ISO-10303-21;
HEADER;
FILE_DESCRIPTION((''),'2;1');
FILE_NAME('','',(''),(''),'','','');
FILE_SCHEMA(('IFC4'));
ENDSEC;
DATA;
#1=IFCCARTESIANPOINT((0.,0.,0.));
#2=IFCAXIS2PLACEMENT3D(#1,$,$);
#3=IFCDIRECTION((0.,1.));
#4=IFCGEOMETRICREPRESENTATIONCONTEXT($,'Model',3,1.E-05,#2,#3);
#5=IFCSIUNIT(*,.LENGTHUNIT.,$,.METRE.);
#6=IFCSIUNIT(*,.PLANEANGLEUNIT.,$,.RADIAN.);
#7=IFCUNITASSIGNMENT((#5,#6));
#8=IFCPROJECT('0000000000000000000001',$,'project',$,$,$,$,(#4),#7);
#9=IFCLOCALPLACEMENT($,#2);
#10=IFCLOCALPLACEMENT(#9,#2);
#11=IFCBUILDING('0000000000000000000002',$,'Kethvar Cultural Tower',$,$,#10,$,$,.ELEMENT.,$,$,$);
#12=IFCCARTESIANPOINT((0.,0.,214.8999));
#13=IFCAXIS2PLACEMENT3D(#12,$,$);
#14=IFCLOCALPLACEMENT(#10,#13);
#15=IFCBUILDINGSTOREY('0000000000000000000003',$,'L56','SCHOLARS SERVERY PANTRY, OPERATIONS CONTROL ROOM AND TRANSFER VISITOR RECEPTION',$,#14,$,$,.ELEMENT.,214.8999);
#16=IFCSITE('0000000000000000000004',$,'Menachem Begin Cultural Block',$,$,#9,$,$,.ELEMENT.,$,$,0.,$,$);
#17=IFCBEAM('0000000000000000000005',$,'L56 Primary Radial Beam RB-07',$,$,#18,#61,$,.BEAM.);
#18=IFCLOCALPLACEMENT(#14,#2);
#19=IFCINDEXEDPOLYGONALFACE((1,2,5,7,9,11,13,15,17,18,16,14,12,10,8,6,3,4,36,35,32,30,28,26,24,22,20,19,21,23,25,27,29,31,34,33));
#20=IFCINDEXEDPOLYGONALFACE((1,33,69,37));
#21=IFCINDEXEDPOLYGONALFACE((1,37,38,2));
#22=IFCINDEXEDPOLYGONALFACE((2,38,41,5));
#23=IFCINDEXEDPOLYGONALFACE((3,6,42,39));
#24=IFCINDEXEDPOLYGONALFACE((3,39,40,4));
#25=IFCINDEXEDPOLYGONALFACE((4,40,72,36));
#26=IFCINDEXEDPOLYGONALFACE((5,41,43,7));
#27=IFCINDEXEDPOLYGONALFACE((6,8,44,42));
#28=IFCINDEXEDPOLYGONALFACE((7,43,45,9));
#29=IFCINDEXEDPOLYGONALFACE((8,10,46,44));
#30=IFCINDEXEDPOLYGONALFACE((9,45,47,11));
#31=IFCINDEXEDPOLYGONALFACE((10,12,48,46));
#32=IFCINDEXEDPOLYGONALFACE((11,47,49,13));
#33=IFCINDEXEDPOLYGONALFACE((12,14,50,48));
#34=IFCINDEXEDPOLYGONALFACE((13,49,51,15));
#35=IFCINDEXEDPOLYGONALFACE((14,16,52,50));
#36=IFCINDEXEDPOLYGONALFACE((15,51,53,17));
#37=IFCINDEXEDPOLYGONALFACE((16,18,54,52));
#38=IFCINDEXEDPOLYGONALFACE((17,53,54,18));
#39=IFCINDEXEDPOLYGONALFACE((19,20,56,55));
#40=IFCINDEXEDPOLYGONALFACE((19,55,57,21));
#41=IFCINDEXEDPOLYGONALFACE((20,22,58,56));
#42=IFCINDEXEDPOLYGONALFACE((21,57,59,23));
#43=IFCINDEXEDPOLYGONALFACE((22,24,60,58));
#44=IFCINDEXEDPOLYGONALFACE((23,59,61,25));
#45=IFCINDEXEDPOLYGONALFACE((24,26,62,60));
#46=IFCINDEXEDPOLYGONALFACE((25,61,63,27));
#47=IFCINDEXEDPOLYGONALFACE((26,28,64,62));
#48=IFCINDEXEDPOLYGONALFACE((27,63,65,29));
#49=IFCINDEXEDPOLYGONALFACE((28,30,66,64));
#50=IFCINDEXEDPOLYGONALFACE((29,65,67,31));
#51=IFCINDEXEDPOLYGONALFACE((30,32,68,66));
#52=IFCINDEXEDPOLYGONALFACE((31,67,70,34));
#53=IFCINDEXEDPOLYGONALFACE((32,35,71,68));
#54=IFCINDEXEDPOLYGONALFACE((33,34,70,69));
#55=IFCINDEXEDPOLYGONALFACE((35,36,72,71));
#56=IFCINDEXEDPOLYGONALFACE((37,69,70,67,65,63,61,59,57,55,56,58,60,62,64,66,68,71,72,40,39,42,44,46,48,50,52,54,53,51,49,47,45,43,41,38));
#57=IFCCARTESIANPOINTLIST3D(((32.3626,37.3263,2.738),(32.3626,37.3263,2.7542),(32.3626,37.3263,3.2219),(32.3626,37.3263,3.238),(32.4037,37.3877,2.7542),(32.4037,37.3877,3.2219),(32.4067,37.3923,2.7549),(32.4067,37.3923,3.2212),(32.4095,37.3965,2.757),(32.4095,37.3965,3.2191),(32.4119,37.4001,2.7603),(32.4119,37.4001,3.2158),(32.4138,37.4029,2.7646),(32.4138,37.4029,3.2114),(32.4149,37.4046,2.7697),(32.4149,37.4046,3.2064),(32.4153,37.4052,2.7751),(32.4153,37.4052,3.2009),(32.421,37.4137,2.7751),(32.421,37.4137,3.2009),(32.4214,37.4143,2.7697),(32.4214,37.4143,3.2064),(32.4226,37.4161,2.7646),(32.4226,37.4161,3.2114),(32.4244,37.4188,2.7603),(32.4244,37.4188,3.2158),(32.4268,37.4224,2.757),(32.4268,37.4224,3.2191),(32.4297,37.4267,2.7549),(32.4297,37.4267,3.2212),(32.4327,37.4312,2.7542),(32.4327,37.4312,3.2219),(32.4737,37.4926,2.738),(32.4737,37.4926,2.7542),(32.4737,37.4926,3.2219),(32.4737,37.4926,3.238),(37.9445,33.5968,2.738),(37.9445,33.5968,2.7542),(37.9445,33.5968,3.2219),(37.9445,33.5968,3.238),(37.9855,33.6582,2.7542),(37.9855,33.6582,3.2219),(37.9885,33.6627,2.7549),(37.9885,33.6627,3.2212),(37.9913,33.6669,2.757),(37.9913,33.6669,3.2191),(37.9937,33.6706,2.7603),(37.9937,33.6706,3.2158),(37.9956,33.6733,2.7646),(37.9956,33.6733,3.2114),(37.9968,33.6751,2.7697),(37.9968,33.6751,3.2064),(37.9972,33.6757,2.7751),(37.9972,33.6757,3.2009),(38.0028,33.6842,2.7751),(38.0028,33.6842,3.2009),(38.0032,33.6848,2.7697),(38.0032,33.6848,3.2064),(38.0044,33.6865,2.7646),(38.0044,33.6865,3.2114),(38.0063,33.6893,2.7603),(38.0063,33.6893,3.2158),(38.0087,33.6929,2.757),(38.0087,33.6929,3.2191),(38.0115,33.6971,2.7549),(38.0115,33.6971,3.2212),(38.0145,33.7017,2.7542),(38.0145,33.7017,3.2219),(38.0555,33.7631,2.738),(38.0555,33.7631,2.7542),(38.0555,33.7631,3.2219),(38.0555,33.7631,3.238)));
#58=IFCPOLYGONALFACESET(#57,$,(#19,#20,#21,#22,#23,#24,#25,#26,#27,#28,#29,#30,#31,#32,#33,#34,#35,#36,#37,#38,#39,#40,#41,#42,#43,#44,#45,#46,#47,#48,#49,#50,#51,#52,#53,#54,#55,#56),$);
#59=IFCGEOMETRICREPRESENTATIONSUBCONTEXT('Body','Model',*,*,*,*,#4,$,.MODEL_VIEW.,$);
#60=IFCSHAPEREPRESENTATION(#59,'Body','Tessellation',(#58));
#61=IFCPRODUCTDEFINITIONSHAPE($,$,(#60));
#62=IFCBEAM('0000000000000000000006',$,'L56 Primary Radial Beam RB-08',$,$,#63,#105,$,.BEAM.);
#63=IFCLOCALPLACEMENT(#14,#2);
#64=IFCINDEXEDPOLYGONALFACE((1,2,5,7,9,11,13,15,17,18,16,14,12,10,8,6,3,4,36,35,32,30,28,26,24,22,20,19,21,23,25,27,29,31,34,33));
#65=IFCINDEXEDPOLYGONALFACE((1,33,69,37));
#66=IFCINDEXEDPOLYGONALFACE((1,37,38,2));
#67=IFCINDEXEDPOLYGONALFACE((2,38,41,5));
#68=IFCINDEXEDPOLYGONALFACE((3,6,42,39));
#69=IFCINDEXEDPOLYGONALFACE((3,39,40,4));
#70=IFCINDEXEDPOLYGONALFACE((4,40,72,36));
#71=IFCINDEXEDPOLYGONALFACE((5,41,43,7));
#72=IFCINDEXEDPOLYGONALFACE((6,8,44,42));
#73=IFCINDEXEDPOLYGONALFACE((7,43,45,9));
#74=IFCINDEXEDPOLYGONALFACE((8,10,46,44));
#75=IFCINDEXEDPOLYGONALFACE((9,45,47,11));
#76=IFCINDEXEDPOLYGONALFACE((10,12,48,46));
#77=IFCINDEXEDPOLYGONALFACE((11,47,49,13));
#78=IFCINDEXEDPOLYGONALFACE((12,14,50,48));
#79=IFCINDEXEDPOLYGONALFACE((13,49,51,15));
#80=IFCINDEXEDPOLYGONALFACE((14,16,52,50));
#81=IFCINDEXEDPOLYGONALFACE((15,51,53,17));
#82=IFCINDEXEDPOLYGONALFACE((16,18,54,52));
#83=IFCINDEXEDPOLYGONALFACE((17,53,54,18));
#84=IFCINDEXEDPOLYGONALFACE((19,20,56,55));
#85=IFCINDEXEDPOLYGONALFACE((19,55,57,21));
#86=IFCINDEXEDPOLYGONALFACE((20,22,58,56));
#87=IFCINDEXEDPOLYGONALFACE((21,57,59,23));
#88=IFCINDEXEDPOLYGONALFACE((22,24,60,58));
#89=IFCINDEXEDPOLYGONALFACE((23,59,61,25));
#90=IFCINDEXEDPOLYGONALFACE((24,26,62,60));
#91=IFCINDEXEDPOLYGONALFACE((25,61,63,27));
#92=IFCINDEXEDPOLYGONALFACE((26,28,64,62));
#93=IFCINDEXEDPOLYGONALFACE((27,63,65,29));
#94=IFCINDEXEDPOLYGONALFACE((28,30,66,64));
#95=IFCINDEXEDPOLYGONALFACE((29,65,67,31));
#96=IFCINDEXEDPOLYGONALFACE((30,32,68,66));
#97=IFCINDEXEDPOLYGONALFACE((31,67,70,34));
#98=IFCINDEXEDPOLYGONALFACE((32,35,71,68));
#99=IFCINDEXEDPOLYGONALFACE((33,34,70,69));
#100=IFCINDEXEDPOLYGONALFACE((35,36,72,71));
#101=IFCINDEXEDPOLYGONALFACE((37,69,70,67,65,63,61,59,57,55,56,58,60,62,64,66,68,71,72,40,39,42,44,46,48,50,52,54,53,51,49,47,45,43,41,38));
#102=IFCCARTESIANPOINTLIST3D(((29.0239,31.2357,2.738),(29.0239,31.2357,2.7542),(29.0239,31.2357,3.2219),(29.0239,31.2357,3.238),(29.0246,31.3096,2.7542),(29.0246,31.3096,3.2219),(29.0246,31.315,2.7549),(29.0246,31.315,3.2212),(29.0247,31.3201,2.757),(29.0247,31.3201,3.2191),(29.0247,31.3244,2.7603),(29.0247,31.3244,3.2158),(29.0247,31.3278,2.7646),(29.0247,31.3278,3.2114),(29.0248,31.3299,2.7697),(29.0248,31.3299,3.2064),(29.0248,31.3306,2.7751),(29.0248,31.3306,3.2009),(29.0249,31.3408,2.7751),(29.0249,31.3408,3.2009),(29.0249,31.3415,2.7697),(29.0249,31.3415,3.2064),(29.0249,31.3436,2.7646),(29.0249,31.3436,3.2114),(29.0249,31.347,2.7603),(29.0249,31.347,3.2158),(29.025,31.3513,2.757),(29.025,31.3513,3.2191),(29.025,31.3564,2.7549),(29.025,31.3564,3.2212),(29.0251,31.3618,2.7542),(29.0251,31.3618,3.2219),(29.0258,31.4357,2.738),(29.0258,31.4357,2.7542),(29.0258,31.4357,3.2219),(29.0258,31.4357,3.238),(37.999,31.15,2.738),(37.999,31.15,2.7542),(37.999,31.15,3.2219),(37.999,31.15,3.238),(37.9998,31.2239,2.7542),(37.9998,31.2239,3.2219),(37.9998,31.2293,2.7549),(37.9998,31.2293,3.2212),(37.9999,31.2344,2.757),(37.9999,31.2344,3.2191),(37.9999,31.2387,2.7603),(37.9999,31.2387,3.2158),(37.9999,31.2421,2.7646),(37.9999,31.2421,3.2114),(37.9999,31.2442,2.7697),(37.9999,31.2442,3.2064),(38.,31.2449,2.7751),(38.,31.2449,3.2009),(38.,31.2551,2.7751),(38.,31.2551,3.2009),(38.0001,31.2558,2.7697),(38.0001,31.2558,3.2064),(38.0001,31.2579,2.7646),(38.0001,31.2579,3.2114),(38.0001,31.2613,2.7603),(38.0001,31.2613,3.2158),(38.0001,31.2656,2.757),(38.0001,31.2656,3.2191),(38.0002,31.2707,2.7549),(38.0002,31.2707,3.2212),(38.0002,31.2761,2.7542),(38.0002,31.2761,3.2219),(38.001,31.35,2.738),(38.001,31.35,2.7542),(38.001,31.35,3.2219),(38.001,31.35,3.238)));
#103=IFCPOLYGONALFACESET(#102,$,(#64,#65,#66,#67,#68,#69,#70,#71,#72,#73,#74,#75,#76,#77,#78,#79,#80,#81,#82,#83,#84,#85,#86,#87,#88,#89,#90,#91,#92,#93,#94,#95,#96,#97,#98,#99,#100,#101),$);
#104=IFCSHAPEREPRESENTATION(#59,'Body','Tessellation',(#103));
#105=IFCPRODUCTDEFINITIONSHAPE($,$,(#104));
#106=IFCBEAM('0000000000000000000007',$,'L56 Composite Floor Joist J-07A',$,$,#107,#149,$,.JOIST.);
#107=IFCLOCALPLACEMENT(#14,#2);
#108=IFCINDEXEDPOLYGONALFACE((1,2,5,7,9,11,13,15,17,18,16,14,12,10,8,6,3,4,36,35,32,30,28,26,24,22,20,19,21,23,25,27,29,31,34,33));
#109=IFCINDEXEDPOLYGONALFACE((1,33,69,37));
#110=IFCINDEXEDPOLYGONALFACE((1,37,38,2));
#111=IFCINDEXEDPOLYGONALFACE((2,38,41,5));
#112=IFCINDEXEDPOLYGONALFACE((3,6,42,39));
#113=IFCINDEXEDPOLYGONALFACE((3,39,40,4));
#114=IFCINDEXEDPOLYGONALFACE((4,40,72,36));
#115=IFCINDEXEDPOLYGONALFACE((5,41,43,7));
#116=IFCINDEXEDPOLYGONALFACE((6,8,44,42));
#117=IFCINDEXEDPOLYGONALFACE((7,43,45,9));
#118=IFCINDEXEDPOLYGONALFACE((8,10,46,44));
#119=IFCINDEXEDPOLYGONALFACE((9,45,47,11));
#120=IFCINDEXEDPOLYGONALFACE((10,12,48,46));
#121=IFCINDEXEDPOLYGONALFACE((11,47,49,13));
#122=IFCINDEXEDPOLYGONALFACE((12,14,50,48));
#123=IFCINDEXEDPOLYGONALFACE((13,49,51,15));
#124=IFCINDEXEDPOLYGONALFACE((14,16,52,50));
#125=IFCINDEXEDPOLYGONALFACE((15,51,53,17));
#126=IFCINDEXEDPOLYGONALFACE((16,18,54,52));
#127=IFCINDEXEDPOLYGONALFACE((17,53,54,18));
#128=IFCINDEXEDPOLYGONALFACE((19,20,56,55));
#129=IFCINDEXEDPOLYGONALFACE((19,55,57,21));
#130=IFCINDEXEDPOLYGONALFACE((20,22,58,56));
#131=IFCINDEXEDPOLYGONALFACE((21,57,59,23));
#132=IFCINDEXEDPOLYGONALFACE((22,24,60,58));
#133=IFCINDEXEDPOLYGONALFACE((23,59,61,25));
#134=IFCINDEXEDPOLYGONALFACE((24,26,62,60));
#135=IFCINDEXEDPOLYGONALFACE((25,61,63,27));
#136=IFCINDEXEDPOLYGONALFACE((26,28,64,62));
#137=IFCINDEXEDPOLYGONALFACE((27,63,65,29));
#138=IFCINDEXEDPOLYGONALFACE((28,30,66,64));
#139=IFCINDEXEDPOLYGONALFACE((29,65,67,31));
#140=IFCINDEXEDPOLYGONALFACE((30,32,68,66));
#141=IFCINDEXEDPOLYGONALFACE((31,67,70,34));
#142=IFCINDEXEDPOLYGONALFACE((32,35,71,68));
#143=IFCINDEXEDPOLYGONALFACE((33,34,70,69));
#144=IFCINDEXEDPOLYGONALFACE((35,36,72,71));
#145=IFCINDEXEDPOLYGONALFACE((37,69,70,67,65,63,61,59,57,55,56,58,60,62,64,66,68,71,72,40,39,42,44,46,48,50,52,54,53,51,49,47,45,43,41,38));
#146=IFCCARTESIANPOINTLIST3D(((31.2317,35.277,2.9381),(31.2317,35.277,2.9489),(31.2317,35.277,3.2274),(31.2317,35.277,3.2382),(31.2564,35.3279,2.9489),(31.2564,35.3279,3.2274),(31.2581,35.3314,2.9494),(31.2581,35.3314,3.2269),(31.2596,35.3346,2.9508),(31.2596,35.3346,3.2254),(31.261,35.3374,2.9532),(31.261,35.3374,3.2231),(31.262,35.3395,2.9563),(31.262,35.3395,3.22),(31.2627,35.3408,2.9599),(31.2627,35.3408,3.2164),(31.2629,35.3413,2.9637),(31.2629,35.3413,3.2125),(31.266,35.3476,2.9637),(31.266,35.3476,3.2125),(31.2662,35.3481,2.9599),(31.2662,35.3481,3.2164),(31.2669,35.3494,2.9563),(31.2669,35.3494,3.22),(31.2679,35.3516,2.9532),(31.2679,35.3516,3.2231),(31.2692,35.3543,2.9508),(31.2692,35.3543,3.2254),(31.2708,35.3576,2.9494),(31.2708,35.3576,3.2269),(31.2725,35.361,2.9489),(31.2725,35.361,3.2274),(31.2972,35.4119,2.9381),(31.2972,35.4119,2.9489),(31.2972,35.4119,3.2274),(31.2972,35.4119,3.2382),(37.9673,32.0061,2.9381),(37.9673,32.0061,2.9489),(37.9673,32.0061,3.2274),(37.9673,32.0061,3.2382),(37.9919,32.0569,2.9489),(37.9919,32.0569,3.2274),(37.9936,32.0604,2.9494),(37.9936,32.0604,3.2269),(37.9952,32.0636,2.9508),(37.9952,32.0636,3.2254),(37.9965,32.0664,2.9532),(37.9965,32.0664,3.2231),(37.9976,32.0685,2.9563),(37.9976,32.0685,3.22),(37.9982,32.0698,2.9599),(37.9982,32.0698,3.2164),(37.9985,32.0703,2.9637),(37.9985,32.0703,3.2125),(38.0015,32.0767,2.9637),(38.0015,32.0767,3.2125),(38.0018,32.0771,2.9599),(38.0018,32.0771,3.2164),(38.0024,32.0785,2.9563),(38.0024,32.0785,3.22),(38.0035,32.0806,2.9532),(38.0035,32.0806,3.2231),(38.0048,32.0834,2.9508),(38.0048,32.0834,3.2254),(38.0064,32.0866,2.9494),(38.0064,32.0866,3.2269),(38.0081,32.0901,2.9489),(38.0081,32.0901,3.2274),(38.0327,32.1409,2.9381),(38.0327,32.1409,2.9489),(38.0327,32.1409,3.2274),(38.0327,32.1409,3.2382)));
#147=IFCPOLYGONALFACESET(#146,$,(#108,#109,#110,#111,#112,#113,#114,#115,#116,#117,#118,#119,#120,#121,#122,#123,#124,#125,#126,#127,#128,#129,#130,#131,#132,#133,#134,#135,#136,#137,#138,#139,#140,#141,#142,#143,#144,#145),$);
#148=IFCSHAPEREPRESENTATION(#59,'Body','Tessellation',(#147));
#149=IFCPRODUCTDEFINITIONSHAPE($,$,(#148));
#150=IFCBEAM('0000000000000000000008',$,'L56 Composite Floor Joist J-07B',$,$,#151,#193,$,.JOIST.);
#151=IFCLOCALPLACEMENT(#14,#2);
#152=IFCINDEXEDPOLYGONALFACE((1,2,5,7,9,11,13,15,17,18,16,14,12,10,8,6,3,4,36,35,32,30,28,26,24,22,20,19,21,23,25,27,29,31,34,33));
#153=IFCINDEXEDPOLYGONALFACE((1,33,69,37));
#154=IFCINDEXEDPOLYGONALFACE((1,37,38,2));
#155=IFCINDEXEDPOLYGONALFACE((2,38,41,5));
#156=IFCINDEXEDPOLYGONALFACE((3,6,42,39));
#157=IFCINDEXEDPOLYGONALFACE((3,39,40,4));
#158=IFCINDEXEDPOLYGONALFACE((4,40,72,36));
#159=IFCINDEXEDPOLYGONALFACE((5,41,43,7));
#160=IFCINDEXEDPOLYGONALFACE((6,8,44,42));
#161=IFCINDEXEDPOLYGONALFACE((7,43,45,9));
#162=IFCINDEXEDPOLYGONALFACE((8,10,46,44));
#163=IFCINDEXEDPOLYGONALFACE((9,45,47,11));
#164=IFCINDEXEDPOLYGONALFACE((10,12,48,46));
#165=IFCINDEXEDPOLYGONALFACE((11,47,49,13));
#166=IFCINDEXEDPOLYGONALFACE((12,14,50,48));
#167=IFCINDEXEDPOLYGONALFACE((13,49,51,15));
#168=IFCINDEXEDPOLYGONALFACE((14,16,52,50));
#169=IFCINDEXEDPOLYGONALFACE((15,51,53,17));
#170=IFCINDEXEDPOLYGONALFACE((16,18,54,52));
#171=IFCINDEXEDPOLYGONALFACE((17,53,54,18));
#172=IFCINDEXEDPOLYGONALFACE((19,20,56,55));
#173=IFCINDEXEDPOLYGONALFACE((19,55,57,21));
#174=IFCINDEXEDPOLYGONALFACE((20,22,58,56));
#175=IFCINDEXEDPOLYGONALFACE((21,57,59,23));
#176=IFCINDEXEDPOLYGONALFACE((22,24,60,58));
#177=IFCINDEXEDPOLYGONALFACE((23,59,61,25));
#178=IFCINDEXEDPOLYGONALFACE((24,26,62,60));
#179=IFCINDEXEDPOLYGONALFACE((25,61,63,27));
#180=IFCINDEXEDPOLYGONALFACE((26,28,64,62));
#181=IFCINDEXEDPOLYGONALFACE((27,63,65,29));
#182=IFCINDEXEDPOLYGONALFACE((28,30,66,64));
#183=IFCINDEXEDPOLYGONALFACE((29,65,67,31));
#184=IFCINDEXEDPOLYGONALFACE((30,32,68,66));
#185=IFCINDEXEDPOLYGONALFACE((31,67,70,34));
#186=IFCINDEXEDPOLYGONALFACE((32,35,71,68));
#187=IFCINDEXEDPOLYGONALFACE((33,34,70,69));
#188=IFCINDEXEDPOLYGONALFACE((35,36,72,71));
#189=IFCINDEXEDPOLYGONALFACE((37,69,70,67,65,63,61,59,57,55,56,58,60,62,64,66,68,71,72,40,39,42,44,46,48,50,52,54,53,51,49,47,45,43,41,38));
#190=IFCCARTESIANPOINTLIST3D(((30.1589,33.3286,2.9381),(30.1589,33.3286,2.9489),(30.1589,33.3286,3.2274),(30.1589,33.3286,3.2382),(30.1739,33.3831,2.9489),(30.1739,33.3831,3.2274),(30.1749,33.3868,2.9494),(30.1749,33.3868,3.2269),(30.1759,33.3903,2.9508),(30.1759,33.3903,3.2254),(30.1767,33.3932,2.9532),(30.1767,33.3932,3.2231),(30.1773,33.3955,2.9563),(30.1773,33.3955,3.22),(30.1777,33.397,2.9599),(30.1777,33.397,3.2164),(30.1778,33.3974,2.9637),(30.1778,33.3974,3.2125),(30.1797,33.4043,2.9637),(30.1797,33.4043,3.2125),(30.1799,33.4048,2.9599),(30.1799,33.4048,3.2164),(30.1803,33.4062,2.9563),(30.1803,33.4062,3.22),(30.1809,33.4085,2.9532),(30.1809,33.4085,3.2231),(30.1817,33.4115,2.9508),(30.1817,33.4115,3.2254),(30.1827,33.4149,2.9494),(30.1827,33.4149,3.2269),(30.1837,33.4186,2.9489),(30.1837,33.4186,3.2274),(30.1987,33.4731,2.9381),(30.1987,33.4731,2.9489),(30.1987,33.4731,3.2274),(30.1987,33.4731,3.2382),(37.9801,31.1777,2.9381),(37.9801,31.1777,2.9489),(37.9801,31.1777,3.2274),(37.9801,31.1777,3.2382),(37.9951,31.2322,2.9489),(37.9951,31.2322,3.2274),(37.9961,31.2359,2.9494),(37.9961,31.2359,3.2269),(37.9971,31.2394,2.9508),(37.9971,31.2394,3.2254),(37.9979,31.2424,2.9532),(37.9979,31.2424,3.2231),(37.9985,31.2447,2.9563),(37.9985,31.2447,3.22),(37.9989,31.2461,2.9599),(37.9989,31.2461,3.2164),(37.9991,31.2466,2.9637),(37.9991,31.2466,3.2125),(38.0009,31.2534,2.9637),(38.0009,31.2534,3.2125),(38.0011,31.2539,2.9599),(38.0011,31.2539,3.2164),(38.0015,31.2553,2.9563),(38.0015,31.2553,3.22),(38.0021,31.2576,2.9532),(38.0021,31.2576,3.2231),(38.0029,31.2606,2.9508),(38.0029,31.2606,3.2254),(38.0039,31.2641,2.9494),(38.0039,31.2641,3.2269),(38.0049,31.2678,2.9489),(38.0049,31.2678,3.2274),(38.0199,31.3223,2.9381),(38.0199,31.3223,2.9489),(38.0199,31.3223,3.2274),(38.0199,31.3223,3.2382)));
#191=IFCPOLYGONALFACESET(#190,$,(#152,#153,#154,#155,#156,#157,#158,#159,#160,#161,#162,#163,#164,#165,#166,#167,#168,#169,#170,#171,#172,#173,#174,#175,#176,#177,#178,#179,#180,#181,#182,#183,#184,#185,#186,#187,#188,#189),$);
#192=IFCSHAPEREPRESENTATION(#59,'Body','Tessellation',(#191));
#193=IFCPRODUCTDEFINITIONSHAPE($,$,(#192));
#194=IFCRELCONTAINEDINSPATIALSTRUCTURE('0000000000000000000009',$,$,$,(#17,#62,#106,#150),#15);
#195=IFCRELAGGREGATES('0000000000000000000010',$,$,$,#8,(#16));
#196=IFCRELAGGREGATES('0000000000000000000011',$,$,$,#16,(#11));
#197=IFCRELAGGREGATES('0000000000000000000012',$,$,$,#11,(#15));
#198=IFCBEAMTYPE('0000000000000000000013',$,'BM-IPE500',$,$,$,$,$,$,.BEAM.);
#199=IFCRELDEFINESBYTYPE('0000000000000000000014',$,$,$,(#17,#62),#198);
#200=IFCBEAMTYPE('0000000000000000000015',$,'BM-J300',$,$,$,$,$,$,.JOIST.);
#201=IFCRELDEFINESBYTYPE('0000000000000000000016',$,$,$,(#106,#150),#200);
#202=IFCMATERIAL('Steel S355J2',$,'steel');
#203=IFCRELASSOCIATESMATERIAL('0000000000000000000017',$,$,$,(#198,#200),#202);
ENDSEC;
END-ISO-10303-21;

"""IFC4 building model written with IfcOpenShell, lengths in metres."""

from ifc_helpers import new_model, si_unit, direction, frame, origin, origin_2d, place, context, subcontext, project, spatial, i_section, extrude, source, transform, mapped, material, material_profile, profile_set, type_object, element, save


model = new_model("IFC4")

# Units and contexts
model_context = context("Model", 3, precision=1e-05, world=origin(), true_north=direction((0.0, 1.0)))
body_context = subcontext(model_context, "Body", "Model", "MODEL_VIEW")
ifc_project = project(units=[si_unit("LENGTHUNIT", "METRE"), si_unit("PLANEANGLEUNIT", "RADIAN")], contexts=[model_context])

# Site, building, storey
site_placement = place(None, origin())
site = spatial("IfcSite", under=ifc_project, at=site_placement, Name="Menachem Begin Cultural Block", CompositionType="ELEMENT", RefElevation=0.0)
building_placement = place(site_placement, origin())
building = spatial("IfcBuilding", under=site, at=building_placement, Name="Kethvar Cultural Tower", CompositionType="ELEMENT")
storey_placement = place(building_placement, frame((0.0, 0.0, 214.8999)))
storey = spatial("IfcBuildingStorey", under=building, at=storey_placement, Name="L56", Description="SCHOLARS SERVERY PANTRY, OPERATIONS CONTROL ROOM AND TRANSFER VISITOR RECEPTION", CompositionType="ELEMENT", Elevation=214.8999)

# Beams
ifc_material_1 = material(Name="Steel S355J2", Category="steel")
ifc_material_profile_1 = material_profile(ifc_material_1, i_section(OverallWidth=0.2, OverallDepth=0.5, WebThickness=0.0103, FlangeThickness=0.0161, FilletRadius=0.021, at=origin_2d()), Name="Steel S355J2 — IPE500")
ifc_profile_set_1 = profile_set([ifc_material_profile_1], Name="Steel S355J2 — IPE500")
beam_type_1 = type_object("IfcBeamType", Name="BM-IPE500", PredefinedType="BEAM", material=ifc_profile_set_1)
shared_shape_1 = source(origin(), body_context, "Body", "SweptSolid", [
    extrude(i_section(OverallWidth=0.2, OverallDepth=0.5, WebThickness=0.0103, FlangeThickness=0.0161, FilletRadius=0.021, at=origin_2d()), origin(), (0.0, 0.0, 1.0), 6.7131),
])
beam_1_placement = place(storey_placement, frame((38.0, 33.6799, 2.988), z_axis=(-0.831479, 0.555556, 0.0), x_axis=(-0.555556, -0.831479, 0.0)))
element("IfcBeam", 1, at=beam_1_placement, inside=storey, type_object=beam_type_1, Name="L56 Primary Radial Beam RB-07", PredefinedType="BEAM", context=body_context, shape_type="MappedRepresentation", body=[
    mapped(shared_shape_1, transform((0.0, 0.0, 0.0), scale=1.0)),
])
shared_shape_2 = source(origin(), body_context, "Body", "SweptSolid", [
    extrude(i_section(OverallWidth=0.2, OverallDepth=0.5, WebThickness=0.0103, FlangeThickness=0.0161, FilletRadius=0.021, at=origin_2d()), origin(), (0.0, 0.0, 1.0), 8.9756),
])
beam_2_placement = place(storey_placement, frame((38.0, 31.25, 2.988), z_axis=(-0.999954, 0.009547, 0.0), x_axis=(-0.009547, -0.999954, 0.0)))
element("IfcBeam", 2, at=beam_2_placement, inside=storey, type_object=beam_type_1, Name="L56 Primary Radial Beam RB-08", PredefinedType="BEAM", context=body_context, shape_type="MappedRepresentation", body=[
    mapped(shared_shape_2, transform((0.0, 0.0, 0.0), scale=1.0)),
])
ifc_material_profile_2 = material_profile(ifc_material_1, i_section(OverallWidth=0.1499, OverallDepth=0.3, WebThickness=0.0071, FlangeThickness=0.0107, FilletRadius=0.0149, at=origin_2d()), Name="Steel S355J2 — IPE300")
ifc_profile_set_2 = profile_set([ifc_material_profile_2], Name="Steel S355J2 — IPE300")
beam_type_2 = type_object("IfcBeamType", Name="BM-J300", PredefinedType="JOIST", material=ifc_profile_set_2)
shared_shape_3 = source(origin(), body_context, "Body", "SweptSolid", [
    extrude(i_section(OverallWidth=0.1499, OverallDepth=0.3, WebThickness=0.0071, FlangeThickness=0.0107, FilletRadius=0.0149, at=origin_2d()), origin(), (0.0, 0.0, 1.0), 7.4878),
])
beam_3_placement = place(storey_placement, frame((38.0, 32.0735, 3.0881), z_axis=(-0.899539, 0.436841, 0.0), x_axis=(-0.436841, -0.899539, 0.0)))
element("IfcBeam", 3, at=beam_3_placement, inside=storey, type_object=beam_type_2, Name="L56 Composite Floor Joist J-07A", PredefinedType="JOIST", context=body_context, shape_type="MappedRepresentation", body=[
    mapped(shared_shape_3, transform((0.0, 0.0, 0.0), scale=1.0)),
])
shared_shape_4 = source(origin(), body_context, "Body", "SweptSolid", [
    extrude(i_section(OverallWidth=0.1499, OverallDepth=0.3, WebThickness=0.0071, FlangeThickness=0.0107, FilletRadius=0.0149, at=origin_2d()), origin(), (0.0, 0.0, 1.0), 8.1116),
])
beam_4_placement = place(storey_placement, frame((38.0, 31.25, 3.0881), z_axis=(-0.964205, 0.265159, 0.0), x_axis=(-0.265159, -0.964205, 0.0)))
element("IfcBeam", 4, at=beam_4_placement, inside=storey, type_object=beam_type_2, Name="L56 Composite Floor Joist J-07B", PredefinedType="JOIST", context=body_context, shape_type="MappedRepresentation", body=[
    mapped(shared_shape_4, transform((0.0, 0.0, 0.0), scale=1.0)),
])

save(model, "model.ifc")
